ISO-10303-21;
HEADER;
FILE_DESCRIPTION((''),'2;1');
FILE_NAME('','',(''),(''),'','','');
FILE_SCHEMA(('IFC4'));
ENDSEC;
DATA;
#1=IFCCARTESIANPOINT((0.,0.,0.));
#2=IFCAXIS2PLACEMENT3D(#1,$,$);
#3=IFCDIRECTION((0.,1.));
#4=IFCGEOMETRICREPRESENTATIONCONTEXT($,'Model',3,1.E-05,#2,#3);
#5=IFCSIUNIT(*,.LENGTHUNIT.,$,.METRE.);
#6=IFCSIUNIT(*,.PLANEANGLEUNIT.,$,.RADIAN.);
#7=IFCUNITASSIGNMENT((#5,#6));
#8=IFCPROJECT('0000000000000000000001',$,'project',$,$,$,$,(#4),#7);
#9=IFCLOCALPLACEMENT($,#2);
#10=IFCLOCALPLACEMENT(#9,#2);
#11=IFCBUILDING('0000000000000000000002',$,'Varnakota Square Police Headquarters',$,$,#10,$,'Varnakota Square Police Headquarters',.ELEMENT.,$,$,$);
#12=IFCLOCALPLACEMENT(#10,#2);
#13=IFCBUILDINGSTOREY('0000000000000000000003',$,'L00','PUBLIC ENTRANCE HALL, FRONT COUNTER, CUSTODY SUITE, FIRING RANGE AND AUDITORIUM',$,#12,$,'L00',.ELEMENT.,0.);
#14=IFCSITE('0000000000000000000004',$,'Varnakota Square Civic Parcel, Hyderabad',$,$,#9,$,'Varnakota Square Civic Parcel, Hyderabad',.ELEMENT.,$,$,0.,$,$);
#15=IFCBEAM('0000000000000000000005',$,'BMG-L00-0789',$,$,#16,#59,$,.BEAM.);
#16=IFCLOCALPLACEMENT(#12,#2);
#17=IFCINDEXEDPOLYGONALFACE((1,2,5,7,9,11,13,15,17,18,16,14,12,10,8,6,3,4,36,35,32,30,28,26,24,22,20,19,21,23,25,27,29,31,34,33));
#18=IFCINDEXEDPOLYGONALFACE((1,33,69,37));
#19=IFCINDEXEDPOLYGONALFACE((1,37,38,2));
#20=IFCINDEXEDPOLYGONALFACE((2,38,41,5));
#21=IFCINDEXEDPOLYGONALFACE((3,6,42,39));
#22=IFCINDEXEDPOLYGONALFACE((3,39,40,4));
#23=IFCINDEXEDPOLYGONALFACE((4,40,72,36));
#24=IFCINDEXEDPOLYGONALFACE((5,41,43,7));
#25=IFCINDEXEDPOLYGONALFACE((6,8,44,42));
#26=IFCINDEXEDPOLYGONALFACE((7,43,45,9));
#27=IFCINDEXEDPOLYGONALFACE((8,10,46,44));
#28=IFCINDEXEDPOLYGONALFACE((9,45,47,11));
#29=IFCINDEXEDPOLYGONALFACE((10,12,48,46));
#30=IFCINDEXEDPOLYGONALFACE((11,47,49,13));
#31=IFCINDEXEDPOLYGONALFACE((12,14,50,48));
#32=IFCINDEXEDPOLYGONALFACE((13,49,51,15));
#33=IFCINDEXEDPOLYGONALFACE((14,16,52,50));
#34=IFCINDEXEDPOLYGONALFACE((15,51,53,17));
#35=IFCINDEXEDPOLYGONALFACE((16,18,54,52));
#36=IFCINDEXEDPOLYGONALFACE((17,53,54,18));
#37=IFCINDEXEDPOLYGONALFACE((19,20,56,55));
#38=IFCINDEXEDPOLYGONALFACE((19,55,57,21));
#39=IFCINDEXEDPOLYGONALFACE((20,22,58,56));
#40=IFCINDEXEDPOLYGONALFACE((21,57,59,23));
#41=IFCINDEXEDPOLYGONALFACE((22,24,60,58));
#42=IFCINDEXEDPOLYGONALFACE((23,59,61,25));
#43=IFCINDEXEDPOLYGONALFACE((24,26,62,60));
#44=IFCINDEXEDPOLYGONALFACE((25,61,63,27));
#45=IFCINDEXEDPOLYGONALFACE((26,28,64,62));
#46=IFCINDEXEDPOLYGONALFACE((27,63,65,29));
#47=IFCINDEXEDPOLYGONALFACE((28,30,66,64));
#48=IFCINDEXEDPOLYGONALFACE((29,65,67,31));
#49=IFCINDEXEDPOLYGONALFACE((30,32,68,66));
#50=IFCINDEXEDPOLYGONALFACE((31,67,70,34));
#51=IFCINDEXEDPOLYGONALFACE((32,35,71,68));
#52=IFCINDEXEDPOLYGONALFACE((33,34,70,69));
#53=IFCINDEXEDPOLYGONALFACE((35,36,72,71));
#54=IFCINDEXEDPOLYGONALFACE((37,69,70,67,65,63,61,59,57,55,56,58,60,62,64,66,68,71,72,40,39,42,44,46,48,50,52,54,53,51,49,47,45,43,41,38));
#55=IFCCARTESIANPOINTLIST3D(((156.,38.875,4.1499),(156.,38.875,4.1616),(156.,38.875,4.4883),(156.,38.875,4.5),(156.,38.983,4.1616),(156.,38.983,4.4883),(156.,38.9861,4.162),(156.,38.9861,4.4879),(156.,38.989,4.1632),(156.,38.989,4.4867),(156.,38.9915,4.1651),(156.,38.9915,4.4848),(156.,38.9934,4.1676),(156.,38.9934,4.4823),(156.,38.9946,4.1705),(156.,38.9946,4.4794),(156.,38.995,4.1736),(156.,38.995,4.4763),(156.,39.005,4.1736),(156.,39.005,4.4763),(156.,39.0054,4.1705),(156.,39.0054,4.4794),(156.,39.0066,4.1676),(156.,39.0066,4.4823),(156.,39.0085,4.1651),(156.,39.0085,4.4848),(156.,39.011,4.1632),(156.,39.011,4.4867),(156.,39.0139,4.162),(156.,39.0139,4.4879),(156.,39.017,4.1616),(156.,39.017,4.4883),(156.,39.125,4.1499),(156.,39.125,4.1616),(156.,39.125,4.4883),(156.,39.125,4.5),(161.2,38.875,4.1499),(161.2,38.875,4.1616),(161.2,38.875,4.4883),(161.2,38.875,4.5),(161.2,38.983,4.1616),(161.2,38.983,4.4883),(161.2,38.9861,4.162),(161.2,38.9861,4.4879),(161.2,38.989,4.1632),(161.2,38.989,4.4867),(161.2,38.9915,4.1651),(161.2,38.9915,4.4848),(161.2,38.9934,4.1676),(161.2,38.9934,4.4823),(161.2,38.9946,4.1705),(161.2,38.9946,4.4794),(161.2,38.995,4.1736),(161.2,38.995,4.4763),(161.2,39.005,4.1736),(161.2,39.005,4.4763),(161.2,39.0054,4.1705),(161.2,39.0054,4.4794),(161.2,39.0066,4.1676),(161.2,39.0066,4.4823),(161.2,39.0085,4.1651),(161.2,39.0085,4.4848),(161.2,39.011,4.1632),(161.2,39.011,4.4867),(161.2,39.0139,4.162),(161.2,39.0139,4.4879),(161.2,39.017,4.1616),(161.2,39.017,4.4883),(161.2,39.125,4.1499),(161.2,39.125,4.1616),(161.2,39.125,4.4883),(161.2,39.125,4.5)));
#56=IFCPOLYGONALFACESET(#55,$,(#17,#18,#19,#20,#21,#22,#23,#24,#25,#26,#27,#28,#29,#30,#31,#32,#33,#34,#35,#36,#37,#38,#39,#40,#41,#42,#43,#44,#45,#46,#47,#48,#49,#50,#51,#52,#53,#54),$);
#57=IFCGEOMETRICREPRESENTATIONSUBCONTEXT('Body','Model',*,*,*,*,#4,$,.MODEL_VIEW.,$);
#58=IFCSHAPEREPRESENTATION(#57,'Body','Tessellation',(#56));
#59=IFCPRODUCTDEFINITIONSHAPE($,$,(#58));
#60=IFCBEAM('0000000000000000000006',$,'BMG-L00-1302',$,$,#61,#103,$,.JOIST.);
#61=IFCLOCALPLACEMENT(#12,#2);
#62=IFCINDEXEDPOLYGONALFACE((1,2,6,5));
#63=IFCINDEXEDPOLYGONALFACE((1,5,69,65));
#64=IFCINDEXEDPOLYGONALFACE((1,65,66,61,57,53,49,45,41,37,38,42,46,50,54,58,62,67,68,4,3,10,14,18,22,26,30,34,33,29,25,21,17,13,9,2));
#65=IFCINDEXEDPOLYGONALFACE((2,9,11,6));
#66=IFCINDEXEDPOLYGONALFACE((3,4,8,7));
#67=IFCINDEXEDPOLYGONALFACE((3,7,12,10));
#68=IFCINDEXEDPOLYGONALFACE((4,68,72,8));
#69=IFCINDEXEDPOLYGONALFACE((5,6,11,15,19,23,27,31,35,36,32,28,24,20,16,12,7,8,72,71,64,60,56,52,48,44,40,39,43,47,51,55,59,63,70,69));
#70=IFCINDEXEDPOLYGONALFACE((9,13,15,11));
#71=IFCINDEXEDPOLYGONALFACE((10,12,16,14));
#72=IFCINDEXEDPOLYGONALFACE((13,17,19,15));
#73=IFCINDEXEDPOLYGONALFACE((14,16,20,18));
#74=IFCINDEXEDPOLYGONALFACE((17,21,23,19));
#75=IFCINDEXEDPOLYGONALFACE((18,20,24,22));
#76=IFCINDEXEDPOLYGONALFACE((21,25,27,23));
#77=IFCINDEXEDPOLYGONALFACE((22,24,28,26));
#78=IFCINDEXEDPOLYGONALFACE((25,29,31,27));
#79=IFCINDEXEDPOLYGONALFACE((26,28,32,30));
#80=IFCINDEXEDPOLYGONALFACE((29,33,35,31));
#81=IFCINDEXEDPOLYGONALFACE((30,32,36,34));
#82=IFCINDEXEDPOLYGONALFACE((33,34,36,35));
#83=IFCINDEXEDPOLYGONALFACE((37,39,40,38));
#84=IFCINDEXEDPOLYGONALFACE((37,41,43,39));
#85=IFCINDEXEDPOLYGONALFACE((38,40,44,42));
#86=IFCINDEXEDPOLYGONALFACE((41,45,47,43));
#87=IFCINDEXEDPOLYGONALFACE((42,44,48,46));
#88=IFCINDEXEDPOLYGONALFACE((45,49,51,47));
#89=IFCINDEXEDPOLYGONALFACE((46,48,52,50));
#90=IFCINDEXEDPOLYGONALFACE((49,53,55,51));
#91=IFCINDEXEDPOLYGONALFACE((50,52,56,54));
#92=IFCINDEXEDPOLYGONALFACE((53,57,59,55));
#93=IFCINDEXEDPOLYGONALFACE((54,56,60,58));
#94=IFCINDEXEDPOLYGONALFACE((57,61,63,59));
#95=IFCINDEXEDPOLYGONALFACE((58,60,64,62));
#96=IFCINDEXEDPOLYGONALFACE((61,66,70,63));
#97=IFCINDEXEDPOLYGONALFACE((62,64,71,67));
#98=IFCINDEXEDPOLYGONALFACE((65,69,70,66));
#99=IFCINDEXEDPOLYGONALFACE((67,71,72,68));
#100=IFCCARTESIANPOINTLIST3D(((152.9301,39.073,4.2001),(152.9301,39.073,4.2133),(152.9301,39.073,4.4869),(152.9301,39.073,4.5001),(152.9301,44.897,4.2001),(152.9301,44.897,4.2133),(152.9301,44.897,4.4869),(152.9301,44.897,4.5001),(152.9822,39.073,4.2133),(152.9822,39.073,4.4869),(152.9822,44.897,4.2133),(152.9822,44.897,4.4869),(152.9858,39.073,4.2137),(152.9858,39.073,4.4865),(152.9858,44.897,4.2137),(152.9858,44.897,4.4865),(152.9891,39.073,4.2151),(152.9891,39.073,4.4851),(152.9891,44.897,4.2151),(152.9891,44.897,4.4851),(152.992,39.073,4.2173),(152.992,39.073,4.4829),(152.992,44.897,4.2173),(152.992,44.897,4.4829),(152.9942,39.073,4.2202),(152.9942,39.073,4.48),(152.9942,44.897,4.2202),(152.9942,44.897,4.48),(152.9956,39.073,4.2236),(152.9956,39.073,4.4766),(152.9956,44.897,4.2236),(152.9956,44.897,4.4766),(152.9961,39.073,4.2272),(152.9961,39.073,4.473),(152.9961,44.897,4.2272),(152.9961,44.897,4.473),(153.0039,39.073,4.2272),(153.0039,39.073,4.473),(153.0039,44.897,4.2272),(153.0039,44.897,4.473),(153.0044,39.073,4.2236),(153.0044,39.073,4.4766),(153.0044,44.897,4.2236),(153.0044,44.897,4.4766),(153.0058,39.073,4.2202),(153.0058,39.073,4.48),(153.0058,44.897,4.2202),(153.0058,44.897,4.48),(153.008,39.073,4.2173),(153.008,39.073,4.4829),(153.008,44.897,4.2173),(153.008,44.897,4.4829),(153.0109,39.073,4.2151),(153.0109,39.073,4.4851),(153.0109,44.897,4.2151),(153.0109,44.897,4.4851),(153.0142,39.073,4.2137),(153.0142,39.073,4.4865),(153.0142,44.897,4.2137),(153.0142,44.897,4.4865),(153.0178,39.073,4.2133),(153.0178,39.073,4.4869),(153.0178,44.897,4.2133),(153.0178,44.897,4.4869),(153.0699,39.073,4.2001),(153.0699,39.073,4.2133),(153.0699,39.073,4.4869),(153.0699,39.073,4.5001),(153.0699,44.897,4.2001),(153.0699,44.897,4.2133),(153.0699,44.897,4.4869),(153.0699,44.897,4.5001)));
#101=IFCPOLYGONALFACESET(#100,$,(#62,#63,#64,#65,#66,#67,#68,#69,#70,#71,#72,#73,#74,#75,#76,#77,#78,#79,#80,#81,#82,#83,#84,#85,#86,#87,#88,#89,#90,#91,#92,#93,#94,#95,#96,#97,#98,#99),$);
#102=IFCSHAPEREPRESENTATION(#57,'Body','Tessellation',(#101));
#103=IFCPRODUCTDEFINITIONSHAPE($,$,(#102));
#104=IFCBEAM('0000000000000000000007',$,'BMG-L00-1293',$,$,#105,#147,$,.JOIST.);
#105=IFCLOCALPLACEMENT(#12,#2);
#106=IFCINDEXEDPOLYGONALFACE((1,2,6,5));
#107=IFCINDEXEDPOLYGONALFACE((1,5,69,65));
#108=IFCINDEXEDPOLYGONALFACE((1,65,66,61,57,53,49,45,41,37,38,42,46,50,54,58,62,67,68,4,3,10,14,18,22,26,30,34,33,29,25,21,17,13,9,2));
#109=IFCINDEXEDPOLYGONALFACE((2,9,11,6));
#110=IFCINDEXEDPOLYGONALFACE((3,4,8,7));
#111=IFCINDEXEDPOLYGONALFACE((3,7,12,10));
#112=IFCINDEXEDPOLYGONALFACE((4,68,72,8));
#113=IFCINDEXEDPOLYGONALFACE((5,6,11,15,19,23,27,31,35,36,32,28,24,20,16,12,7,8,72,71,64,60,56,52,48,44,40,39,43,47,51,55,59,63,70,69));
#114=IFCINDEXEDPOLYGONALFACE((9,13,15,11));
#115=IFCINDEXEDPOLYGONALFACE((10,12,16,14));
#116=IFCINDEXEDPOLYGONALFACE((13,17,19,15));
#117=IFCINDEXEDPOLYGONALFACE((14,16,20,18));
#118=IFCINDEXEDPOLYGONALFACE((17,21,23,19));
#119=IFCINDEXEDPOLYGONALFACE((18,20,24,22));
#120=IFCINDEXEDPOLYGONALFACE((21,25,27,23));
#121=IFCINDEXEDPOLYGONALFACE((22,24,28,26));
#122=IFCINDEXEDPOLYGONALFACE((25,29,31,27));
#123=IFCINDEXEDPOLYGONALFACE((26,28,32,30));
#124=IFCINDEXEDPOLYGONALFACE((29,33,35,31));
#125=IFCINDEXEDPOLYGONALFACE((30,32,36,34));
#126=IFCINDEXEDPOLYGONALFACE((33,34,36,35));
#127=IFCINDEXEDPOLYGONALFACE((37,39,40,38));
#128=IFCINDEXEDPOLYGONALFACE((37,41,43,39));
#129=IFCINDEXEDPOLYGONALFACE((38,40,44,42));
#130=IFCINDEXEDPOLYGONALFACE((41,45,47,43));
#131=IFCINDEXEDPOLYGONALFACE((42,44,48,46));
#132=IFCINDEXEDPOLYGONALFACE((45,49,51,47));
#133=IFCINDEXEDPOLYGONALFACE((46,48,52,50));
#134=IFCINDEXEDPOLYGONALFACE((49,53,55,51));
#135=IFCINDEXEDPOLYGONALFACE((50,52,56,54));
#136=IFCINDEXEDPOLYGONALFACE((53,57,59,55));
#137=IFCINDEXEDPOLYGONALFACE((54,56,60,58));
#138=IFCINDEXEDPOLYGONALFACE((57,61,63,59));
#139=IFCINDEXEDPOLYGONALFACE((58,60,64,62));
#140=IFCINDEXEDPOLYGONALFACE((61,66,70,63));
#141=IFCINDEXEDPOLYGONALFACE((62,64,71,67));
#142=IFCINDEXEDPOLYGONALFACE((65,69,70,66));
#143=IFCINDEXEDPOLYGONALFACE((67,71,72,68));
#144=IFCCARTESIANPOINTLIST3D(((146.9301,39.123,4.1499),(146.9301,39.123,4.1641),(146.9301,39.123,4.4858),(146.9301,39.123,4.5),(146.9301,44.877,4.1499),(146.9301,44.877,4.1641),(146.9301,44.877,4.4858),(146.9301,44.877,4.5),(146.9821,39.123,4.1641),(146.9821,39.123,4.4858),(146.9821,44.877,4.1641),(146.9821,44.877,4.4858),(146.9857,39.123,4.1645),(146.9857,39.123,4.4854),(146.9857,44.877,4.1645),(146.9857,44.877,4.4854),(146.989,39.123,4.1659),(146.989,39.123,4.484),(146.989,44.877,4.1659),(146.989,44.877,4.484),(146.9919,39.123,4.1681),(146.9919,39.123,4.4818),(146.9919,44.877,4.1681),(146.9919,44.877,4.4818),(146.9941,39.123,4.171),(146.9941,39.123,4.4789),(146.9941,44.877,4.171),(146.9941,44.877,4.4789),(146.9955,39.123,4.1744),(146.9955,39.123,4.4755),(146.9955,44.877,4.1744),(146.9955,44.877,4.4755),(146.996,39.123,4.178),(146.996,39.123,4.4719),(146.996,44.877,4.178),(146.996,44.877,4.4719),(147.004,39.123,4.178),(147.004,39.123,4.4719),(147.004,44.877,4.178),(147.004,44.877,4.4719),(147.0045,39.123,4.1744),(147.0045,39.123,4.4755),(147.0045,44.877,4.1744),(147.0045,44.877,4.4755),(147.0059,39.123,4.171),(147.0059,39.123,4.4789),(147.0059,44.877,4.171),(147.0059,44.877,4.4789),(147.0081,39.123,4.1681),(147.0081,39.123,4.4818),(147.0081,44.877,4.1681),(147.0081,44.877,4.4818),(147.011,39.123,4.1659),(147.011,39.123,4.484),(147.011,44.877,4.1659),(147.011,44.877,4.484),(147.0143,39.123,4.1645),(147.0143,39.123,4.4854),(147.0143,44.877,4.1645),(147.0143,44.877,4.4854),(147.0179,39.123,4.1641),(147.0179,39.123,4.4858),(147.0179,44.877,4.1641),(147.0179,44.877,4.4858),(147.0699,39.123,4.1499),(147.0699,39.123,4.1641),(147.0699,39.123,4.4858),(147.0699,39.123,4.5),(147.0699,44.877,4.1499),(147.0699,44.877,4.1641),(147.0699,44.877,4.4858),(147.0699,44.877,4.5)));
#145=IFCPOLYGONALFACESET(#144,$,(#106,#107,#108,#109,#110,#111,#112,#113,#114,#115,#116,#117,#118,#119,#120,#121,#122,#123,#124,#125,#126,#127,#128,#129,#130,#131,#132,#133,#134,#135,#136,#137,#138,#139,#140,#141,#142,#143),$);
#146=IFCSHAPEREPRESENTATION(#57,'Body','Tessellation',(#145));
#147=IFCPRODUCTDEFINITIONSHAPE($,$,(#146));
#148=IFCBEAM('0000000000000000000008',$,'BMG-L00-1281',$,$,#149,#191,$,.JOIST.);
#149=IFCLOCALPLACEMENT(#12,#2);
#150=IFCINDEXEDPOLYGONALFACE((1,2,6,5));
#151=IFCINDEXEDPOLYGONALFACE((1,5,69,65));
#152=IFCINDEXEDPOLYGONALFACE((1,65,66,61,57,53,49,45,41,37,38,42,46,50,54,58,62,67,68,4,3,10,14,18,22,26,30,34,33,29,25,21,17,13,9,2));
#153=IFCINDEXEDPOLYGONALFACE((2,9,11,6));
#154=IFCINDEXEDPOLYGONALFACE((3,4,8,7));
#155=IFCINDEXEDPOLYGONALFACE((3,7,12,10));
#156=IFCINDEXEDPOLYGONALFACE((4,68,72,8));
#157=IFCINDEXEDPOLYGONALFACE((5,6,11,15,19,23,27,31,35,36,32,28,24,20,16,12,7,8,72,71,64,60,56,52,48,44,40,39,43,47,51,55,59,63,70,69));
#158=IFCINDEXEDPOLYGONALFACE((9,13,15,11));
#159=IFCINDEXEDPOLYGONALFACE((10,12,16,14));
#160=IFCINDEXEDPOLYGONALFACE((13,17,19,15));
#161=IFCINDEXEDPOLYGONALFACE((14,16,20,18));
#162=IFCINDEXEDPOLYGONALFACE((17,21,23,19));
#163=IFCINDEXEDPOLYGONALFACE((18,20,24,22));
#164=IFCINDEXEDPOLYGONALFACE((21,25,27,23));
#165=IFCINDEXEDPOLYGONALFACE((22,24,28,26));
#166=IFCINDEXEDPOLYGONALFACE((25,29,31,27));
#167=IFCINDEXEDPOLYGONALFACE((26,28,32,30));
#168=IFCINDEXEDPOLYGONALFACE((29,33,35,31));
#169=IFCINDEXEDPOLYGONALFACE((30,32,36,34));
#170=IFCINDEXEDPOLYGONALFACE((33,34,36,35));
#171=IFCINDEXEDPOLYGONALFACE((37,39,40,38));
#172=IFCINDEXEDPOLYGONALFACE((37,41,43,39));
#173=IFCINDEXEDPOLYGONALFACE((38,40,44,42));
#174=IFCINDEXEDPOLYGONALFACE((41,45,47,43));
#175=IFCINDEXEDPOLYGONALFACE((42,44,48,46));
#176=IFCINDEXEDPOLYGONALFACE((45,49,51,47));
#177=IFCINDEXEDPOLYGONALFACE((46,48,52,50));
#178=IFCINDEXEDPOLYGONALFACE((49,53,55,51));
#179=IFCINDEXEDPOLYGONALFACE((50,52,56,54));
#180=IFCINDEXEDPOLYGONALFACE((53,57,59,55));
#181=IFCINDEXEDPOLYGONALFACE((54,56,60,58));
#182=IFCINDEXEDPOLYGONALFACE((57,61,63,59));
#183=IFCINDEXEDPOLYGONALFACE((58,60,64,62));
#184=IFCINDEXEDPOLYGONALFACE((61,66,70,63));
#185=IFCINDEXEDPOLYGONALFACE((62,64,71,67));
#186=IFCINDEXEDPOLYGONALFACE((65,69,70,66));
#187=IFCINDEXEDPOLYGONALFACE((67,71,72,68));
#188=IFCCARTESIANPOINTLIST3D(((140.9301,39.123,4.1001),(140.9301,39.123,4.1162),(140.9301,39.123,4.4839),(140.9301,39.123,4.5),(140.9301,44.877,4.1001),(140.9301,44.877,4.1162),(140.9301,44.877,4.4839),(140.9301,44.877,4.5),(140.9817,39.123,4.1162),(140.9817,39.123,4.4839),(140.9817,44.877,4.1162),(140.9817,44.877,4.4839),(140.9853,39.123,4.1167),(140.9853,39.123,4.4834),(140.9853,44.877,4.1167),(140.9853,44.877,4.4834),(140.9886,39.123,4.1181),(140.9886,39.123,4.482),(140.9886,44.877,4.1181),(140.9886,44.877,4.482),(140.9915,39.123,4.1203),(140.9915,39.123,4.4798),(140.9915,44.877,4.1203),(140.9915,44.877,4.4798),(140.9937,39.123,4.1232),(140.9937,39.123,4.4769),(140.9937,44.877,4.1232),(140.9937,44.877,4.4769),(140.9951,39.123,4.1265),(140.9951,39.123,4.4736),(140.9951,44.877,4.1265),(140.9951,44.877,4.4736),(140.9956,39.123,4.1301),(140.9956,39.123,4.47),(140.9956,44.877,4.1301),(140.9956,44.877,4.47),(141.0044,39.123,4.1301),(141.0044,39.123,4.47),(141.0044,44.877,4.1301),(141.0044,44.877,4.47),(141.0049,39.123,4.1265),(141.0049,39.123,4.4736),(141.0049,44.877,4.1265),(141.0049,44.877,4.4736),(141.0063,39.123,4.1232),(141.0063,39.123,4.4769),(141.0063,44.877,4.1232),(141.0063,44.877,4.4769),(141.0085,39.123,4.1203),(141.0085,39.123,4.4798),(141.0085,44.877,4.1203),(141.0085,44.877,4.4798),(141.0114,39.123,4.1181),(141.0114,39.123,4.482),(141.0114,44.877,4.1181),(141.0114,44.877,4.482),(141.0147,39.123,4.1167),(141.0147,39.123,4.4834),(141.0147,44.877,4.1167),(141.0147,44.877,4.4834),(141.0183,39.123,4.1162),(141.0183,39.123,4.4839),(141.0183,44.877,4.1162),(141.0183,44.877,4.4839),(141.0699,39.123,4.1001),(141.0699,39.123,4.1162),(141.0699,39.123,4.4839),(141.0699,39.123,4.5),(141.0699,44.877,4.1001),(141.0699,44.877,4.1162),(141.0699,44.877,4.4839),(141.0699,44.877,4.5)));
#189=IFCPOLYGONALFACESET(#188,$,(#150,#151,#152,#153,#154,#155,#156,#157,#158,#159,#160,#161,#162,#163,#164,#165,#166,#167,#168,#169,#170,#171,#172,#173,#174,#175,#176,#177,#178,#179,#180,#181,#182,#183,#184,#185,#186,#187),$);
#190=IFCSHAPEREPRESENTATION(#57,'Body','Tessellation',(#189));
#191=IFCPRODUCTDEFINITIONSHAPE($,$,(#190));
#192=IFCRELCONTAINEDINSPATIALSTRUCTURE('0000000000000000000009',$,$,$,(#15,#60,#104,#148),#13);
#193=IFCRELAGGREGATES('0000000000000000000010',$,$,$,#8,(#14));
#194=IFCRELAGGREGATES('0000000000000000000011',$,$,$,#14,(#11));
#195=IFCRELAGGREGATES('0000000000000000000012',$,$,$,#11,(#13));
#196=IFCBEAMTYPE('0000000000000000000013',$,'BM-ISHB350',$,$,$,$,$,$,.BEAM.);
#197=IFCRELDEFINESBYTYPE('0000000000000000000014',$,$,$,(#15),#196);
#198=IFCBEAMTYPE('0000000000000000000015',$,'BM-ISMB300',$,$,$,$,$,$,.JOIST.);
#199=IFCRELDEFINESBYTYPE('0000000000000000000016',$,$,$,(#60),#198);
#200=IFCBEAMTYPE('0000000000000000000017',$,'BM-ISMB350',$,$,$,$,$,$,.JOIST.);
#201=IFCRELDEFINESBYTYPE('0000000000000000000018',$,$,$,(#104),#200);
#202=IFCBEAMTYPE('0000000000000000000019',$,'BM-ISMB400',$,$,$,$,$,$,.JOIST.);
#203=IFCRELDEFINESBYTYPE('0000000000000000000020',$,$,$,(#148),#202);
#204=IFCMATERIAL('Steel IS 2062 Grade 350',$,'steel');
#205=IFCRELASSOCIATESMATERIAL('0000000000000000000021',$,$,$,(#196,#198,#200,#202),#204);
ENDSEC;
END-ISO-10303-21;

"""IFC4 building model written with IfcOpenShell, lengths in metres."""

from ifc_helpers import new_model, si_unit, direction, frame, origin, origin_2d, place, context, subcontext, project, spatial, i_section, extrude, material, material_profile, profile_set, type_object, element, save


model = new_model("IFC4")

# Units and contexts
model_context = context("Model", 3, precision=1e-05, world=origin(), true_north=direction((0.0, 1.0)))
body_context = subcontext(model_context, "Body", "Model", "MODEL_VIEW")
ifc_project = project(units=[si_unit("LENGTHUNIT", "METRE"), si_unit("PLANEANGLEUNIT", "RADIAN")], contexts=[model_context])

# Site, building, storey
site_placement = place(None, origin())
site = spatial("IfcSite", under=ifc_project, at=site_placement, Name="Varnakota Square Civic Parcel, Hyderabad", LongName="Varnakota Square Civic Parcel, Hyderabad", CompositionType="ELEMENT", RefElevation=0.0)
building_placement = place(site_placement, origin())
building = spatial("IfcBuilding", under=site, at=building_placement, Name="Varnakota Square Police Headquarters", LongName="Varnakota Square Police Headquarters", CompositionType="ELEMENT")
storey_placement = place(building_placement, origin())
storey = spatial("IfcBuildingStorey", under=building, at=storey_placement, Name="L00", Description="PUBLIC ENTRANCE HALL, FRONT COUNTER, CUSTODY SUITE, FIRING RANGE AND AUDITORIUM", LongName="L00", CompositionType="ELEMENT", Elevation=0.0)

# Beams
ifc_material_1 = material(Name="Steel IS 2062 Grade 350", Category="steel")
ifc_material_profile_1 = material_profile(ifc_material_1, i_section(OverallWidth=0.25, OverallDepth=0.3501, WebThickness=0.01, FlangeThickness=0.0117, FilletRadius=0.012, at=origin_2d()), Name="ISHB 350")
ifc_profile_set_1 = profile_set([ifc_material_profile_1], Name="Steel IS 2062 Grade 350")
beam_type_1 = type_object("IfcBeamType", Name="BM-ISHB350", PredefinedType="BEAM", material=ifc_profile_set_1)
beam_1_placement = place(storey_placement, frame((156.0, 39.0, 4.325), z_axis=(1.0, 0.0, 0.0), x_axis=(0.0, 1.0, 0.0)))
element("IfcBeam", 1, at=beam_1_placement, inside=storey, type_object=beam_type_1, Name="BMG-L00-0789", PredefinedType="BEAM", context=body_context, shape_type="SweptSolid", body=[
    extrude(i_section(OverallWidth=0.25, OverallDepth=0.3501, WebThickness=0.01, FlangeThickness=0.0117, FilletRadius=0.012, at=origin_2d()), origin(), (0.0, 0.0, 1.0), 5.2),
])
ifc_material_profile_2 = material_profile(ifc_material_1, i_section(OverallWidth=0.1399, OverallDepth=0.3, WebThickness=0.0078, FlangeThickness=0.0132, FilletRadius=0.0139, at=origin_2d()), Name="ISMB 300")
ifc_profile_set_2 = profile_set([ifc_material_profile_2], Name="Steel IS 2062 Grade 350")
beam_type_2 = type_object("IfcBeamType", Name="BM-ISMB300", PredefinedType="JOIST", material=ifc_profile_set_2)
beam_2_placement = place(storey_placement, frame((153.0, 39.073, 4.3501), z_axis=(0.0, 1.0, 0.0), x_axis=(-1.0, 0.0, 0.0)))
element("IfcBeam", 2, at=beam_2_placement, inside=storey, type_object=beam_type_2, Name="BMG-L00-1302", PredefinedType="JOIST", context=body_context, shape_type="SweptSolid", body=[
    extrude(i_section(OverallWidth=0.1399, OverallDepth=0.3, WebThickness=0.0078, FlangeThickness=0.0132, FilletRadius=0.0139, at=origin_2d()), origin(), (0.0, 0.0, 1.0), 5.824),
])
ifc_material_profile_3 = material_profile(ifc_material_1, i_section(OverallWidth=0.1399, OverallDepth=0.3501, WebThickness=0.0081, FlangeThickness=0.0142, FilletRadius=0.0139, at=origin_2d()), Name="ISMB 350")
ifc_profile_set_3 = profile_set([ifc_material_profile_3], Name="Steel IS 2062 Grade 350")
beam_type_3 = type_object("IfcBeamType", Name="BM-ISMB350", PredefinedType="JOIST", material=ifc_profile_set_3)
beam_3_placement = place(storey_placement, frame((147.0, 39.123, 4.325), z_axis=(0.0, 1.0, 0.0), x_axis=(-1.0, 0.0, 0.0)))
element("IfcBeam", 3, at=beam_3_placement, inside=storey, type_object=beam_type_3, Name="BMG-L00-1293", PredefinedType="JOIST", context=body_context, shape_type="SweptSolid", body=[
    extrude(i_section(OverallWidth=0.1399, OverallDepth=0.3501, WebThickness=0.0081, FlangeThickness=0.0142, FilletRadius=0.0139, at=origin_2d()), origin(), (0.0, 0.0, 1.0), 5.7539),
])
ifc_material_profile_4 = material_profile(ifc_material_1, i_section(OverallWidth=0.1399, OverallDepth=0.3999, WebThickness=0.0088, FlangeThickness=0.0161, FilletRadius=0.0139, at=origin_2d()), Name="ISMB 400")
ifc_profile_set_4 = profile_set([ifc_material_profile_4], Name="Steel IS 2062 Grade 350")
beam_type_4 = type_object("IfcBeamType", Name="BM-ISMB400", PredefinedType="JOIST", material=ifc_profile_set_4)
beam_4_placement = place(storey_placement, frame((141.0, 39.123, 4.3), z_axis=(0.0, 1.0, 0.0), x_axis=(-1.0, 0.0, 0.0)))
element("IfcBeam", 4, at=beam_4_placement, inside=storey, type_object=beam_type_4, Name="BMG-L00-1281", PredefinedType="JOIST", context=body_context, shape_type="SweptSolid", body=[
    extrude(i_section(OverallWidth=0.1399, OverallDepth=0.3999, WebThickness=0.0088, FlangeThickness=0.0161, FilletRadius=0.0139, at=origin_2d()), origin(), (0.0, 0.0, 1.0), 5.7539),
])

save(model, "model.ifc")
